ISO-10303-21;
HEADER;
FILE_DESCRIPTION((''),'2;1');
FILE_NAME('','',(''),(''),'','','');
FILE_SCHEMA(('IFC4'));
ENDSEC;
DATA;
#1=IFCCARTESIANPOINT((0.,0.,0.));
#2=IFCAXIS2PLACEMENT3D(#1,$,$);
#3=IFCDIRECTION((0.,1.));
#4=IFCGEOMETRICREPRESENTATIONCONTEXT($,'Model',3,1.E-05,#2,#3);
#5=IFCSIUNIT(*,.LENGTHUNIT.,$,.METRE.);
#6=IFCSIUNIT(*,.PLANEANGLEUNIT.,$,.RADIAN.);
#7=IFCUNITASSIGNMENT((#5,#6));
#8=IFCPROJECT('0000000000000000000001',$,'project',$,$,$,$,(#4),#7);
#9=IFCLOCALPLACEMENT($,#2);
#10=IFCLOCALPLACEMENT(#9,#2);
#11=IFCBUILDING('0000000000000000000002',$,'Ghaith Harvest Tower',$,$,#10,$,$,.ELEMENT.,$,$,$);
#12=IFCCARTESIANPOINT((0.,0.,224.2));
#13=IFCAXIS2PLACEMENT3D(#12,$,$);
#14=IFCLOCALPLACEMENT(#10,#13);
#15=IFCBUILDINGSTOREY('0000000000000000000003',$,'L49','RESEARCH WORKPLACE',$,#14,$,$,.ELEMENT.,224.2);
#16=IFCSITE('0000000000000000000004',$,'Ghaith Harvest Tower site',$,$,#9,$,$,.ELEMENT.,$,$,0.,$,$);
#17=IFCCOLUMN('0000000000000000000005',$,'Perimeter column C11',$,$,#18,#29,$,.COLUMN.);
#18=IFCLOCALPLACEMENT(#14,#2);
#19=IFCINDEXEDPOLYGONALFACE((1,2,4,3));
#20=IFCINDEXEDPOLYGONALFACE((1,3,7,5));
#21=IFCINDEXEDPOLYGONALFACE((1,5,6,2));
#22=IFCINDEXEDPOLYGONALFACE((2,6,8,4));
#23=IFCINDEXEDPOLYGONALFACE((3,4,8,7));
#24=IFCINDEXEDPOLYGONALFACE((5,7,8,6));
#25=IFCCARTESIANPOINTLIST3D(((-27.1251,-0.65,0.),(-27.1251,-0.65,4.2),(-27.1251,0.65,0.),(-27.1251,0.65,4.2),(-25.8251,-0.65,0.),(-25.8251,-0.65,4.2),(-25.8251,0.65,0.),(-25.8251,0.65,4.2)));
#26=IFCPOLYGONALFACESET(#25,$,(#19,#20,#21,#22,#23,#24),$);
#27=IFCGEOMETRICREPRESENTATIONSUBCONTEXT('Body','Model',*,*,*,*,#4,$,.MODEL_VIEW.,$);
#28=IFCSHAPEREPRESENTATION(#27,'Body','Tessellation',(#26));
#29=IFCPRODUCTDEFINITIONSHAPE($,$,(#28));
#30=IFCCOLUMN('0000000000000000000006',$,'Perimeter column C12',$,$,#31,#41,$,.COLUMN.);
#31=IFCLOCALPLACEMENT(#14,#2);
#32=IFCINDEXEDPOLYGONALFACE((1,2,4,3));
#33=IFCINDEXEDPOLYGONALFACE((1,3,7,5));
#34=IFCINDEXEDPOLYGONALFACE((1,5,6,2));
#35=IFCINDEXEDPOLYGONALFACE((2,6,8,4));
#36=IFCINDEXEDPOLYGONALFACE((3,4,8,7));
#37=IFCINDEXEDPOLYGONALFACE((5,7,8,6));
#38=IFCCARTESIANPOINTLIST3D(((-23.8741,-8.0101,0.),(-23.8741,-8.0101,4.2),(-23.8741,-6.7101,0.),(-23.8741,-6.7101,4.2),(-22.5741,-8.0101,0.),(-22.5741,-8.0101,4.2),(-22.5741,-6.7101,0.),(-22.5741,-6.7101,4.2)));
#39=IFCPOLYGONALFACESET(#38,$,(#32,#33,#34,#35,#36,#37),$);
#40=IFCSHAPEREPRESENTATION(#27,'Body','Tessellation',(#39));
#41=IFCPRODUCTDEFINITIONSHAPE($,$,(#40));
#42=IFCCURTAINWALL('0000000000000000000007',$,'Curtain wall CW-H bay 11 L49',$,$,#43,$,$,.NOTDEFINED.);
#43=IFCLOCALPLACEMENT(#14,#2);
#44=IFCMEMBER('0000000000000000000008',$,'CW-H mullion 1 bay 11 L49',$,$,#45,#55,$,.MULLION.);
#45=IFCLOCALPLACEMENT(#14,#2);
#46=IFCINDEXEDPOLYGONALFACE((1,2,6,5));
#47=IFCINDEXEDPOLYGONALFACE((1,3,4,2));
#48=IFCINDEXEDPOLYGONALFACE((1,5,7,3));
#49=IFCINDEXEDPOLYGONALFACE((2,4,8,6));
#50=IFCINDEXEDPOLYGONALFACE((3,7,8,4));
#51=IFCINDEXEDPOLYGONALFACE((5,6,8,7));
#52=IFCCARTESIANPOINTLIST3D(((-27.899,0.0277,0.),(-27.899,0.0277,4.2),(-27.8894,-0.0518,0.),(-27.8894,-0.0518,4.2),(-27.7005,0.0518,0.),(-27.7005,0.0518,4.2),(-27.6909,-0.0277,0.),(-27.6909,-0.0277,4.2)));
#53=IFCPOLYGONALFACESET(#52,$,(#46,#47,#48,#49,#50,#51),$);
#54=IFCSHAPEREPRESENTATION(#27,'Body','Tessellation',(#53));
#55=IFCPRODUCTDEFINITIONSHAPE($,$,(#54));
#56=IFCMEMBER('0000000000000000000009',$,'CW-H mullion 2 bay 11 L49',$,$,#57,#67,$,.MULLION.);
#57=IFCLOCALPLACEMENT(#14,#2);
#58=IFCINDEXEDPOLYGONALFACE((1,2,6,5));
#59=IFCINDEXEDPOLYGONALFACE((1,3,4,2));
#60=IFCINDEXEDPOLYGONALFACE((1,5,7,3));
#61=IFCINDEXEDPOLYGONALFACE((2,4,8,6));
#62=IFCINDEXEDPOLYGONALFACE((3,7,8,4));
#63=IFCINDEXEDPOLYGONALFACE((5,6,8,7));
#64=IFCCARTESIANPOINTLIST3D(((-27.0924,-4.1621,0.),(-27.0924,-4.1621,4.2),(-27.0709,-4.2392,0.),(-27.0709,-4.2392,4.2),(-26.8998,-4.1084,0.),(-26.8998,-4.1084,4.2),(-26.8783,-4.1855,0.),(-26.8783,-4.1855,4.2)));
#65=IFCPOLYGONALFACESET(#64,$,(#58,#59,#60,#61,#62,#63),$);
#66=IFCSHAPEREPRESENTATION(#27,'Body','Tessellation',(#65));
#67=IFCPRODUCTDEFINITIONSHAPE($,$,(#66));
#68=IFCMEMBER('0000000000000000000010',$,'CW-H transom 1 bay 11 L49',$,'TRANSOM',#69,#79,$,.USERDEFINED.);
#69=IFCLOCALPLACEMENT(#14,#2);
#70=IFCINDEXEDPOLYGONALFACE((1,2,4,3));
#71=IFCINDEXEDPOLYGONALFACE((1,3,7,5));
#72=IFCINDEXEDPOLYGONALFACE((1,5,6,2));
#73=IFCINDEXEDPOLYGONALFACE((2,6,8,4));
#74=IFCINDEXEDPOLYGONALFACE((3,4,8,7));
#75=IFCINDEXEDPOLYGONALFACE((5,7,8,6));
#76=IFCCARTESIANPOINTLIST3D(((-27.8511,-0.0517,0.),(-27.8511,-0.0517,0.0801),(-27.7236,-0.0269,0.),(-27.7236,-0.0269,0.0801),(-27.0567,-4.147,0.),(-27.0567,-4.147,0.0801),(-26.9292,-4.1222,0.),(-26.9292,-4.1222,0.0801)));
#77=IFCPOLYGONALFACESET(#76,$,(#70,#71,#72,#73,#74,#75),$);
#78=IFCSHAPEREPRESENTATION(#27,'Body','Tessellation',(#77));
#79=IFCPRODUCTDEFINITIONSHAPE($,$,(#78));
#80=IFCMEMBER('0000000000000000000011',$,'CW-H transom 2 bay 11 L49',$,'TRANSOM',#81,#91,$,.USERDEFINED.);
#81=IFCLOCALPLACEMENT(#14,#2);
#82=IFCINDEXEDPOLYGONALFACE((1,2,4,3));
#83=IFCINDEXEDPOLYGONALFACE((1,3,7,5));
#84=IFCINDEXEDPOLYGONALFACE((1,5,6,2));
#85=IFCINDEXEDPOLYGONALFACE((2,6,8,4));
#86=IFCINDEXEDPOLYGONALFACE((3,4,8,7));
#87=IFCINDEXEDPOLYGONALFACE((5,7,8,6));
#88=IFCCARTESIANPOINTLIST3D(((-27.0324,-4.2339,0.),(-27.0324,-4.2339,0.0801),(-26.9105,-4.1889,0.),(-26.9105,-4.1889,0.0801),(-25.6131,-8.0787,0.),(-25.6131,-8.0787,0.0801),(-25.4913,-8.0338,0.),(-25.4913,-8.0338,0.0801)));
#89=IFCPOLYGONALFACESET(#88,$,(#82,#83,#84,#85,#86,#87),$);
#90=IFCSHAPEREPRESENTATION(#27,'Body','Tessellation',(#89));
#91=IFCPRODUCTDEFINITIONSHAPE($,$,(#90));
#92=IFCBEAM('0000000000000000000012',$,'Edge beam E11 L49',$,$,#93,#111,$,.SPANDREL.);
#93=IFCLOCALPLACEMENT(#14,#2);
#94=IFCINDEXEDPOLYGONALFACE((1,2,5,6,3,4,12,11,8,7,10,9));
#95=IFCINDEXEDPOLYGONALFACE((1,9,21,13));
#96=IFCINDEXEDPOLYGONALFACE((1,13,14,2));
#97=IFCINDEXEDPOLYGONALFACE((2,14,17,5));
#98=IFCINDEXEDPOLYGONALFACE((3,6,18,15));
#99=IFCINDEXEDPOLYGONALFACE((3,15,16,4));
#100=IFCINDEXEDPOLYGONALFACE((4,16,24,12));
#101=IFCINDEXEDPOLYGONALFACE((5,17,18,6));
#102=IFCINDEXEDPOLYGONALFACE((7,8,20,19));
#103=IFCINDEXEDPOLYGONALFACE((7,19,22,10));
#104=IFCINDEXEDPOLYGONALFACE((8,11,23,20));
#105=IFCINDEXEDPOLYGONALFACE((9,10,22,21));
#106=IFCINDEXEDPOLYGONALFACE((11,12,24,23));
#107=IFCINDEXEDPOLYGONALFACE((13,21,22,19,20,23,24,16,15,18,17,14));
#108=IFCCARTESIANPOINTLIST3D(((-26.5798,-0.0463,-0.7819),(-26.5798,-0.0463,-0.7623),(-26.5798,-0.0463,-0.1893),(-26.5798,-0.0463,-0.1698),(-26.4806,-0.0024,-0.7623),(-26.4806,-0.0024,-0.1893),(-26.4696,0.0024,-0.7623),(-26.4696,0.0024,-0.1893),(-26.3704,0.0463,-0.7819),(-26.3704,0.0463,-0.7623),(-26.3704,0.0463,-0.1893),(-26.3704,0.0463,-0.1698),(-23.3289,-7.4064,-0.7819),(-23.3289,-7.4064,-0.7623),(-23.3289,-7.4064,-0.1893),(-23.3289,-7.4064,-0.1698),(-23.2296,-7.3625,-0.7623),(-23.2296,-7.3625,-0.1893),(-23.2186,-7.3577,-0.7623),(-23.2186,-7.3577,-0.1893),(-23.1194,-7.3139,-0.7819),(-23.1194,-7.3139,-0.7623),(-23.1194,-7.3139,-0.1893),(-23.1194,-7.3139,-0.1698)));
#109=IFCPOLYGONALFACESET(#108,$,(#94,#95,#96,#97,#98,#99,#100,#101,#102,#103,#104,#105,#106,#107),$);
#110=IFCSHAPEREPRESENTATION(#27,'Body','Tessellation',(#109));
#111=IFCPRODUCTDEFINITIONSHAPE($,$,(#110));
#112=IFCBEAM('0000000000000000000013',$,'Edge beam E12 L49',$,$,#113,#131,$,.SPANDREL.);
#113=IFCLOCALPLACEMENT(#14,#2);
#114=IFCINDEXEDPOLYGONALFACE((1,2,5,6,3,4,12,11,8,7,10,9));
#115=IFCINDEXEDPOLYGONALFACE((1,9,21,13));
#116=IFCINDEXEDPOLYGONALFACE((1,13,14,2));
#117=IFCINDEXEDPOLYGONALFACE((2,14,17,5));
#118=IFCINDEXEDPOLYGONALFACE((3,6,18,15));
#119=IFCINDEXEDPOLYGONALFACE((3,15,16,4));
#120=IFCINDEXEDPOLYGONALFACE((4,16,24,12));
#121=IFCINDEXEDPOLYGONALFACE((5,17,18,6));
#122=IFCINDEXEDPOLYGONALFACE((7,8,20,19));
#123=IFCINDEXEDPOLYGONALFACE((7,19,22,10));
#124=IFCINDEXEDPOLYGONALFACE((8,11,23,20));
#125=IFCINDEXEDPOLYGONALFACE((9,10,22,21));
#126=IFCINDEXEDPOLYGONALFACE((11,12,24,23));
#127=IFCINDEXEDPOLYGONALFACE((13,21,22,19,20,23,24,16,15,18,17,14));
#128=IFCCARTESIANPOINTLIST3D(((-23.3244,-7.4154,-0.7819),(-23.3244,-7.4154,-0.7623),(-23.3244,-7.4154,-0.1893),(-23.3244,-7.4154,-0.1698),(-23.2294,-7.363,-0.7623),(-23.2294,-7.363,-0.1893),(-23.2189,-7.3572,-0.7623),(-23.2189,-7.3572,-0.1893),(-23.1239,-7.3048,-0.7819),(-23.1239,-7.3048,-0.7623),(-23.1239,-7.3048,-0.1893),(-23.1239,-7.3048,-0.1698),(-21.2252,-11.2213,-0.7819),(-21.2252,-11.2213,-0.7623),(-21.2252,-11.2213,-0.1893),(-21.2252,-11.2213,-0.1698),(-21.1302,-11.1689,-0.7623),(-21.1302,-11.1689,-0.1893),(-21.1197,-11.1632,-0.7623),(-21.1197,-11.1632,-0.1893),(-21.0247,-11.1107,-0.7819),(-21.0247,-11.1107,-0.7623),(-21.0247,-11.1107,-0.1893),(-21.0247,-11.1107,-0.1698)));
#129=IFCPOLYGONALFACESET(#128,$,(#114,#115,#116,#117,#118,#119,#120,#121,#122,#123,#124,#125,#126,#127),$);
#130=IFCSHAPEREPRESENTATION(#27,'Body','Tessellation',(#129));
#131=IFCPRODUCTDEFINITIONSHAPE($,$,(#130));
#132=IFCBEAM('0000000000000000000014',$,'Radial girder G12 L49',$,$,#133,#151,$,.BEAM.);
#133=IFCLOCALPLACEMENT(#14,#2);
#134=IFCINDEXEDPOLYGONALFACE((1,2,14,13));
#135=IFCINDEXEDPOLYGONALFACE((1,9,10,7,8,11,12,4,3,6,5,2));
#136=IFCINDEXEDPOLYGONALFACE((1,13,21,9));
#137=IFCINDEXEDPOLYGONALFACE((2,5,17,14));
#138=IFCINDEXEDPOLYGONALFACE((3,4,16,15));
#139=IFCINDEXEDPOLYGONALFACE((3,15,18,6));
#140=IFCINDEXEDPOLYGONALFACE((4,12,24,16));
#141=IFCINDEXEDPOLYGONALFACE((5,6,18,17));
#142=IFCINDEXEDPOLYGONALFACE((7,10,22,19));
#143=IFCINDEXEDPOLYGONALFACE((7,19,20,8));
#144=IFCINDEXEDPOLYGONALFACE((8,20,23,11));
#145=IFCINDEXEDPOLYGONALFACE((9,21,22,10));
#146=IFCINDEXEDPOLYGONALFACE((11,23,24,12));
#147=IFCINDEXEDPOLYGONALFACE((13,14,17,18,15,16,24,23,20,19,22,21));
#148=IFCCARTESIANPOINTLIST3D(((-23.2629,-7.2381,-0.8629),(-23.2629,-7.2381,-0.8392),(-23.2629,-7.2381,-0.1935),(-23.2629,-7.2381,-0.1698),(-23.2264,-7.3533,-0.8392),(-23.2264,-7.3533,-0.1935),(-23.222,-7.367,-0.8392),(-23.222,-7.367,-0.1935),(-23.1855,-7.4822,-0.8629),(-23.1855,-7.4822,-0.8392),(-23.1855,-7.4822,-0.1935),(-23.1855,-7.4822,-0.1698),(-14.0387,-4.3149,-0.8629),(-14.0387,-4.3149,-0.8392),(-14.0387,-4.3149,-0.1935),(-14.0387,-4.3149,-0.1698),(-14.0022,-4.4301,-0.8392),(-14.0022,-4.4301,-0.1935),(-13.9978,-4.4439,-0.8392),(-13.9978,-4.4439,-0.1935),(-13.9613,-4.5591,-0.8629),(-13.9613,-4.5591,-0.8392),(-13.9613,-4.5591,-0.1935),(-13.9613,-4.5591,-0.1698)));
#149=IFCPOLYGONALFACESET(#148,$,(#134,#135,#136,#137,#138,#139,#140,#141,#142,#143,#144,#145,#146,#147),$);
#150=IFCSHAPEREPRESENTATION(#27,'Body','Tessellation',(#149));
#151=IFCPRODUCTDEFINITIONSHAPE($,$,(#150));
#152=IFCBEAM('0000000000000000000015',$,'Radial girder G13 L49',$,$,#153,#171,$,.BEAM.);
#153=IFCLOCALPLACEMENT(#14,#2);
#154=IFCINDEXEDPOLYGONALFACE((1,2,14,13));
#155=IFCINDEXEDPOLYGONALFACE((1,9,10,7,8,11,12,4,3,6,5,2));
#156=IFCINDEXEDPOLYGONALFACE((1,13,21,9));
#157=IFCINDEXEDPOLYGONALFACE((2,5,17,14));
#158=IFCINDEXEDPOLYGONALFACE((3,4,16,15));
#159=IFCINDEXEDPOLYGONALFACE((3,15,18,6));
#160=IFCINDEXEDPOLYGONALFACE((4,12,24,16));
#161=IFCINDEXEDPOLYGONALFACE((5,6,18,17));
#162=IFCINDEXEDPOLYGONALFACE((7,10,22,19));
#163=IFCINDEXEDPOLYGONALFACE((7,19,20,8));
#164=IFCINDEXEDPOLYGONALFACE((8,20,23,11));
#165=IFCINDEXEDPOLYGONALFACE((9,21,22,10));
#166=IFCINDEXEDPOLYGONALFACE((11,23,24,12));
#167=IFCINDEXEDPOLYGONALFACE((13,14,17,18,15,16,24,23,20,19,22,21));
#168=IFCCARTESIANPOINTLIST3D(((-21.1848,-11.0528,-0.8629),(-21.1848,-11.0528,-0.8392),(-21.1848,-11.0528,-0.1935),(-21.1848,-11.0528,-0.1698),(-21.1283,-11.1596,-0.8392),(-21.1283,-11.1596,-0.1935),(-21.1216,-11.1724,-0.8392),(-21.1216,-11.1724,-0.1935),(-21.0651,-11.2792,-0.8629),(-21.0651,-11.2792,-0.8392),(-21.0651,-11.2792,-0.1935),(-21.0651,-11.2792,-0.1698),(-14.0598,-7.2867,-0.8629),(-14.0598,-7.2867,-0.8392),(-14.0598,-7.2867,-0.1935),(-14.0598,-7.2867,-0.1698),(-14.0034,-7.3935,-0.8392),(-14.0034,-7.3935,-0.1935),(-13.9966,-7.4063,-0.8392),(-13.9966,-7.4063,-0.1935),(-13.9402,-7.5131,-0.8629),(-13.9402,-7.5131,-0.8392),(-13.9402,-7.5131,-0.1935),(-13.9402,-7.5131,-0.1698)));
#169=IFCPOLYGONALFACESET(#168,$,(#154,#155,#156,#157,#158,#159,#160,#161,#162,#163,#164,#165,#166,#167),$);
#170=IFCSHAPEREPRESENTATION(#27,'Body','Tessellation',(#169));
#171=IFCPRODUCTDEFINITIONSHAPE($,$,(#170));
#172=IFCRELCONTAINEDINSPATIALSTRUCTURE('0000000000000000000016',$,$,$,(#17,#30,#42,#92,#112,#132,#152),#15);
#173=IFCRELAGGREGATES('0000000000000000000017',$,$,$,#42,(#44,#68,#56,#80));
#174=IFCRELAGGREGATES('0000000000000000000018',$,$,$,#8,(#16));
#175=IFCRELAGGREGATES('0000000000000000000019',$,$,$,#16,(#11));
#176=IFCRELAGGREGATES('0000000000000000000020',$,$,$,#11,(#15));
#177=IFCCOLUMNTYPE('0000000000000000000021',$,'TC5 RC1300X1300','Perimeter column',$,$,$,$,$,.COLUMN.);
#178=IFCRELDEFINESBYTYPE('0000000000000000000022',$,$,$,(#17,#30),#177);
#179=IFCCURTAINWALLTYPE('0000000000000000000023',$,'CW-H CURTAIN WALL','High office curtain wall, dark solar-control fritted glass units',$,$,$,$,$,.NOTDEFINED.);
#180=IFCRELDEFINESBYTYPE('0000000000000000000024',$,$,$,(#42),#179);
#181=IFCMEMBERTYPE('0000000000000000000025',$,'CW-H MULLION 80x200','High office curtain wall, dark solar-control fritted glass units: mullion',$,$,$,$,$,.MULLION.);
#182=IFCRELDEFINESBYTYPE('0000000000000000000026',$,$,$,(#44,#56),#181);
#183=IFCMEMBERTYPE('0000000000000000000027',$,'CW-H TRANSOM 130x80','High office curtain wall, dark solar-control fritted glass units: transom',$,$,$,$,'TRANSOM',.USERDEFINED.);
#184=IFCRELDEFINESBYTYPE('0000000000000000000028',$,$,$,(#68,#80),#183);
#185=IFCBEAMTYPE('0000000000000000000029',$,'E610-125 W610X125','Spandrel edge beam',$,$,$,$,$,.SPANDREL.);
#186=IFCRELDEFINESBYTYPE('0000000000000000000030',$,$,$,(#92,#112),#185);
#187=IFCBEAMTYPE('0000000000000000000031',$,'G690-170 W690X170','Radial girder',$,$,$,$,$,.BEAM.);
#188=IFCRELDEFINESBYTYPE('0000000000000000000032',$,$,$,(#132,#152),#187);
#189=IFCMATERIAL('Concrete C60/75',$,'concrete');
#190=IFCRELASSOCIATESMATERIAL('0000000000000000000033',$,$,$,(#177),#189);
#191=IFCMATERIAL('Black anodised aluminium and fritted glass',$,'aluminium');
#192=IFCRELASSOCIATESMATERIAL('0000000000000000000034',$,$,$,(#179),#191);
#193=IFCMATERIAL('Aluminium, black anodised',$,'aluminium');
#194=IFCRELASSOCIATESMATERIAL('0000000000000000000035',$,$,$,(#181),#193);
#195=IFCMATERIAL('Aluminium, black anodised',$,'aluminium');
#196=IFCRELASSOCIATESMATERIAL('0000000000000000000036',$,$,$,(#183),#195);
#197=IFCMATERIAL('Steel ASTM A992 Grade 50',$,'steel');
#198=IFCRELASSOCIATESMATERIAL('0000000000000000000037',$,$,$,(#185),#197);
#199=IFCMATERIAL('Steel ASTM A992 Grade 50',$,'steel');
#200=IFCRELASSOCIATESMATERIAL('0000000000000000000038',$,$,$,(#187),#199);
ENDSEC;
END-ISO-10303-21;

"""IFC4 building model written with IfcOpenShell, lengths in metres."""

from ifc_helpers import new_model, si_unit, direction, frame, origin, origin_2d, place, context, subcontext, project, spatial, rectangle, i_section, extrude, material, material_profile, profile_set, type_object, element, aggregate, save


model = new_model("IFC4")

# Units and contexts
model_context = context("Model", 3, precision=1e-05, world=origin(), true_north=direction((0.0, 1.0)))
body_context = subcontext(model_context, "Body", "Model", "MODEL_VIEW")
ifc_project = project(units=[si_unit("LENGTHUNIT", "METRE"), si_unit("PLANEANGLEUNIT", "RADIAN")], contexts=[model_context])

# Site, building, storey
site_placement = place(None, origin())
site = spatial("IfcSite", under=ifc_project, at=site_placement, Name="Ghaith Harvest Tower site", CompositionType="ELEMENT", RefElevation=0.0)
building_placement = place(site_placement, origin())
building = spatial("IfcBuilding", under=site, at=building_placement, Name="Ghaith Harvest Tower", CompositionType="ELEMENT")
storey_placement = place(building_placement, frame((0.0, 0.0, 224.2)))
storey = spatial("IfcBuildingStorey", under=building, at=storey_placement, Name="L49", Description="RESEARCH WORKPLACE", CompositionType="ELEMENT", Elevation=224.2)

# Columns
ifc_material_1 = material(Name="Concrete C60/75", Category="concrete")
ifc_material_profile_1 = material_profile(ifc_material_1, rectangle(XDim=1.3, YDim=1.3, at=origin_2d()), Name="RC1300X1300")
ifc_profile_set_1 = profile_set([ifc_material_profile_1], Name="Concrete C60/75")
column_type = type_object("IfcColumnType", Name="TC5 RC1300X1300", Description="Perimeter column", PredefinedType="COLUMN", material=ifc_profile_set_1)
for number, where, z_axis, x_axis, name in (
    (1, (-26.4751, 0.0, 0.0), (0.0, 0.0, 1.0), (1.0, 0.0, 0.0), "Perimeter column C11"),
    (2, (-23.2241, -7.3601, 0.0), (0.0, 0.0, 1.0), (1.0, 0.0, 0.0), "Perimeter column C12"),
):
    element("IfcColumn", number, at=place(storey_placement, frame(where, z_axis=z_axis, x_axis=x_axis)), inside=storey, type_object=column_type, Name=name, PredefinedType="COLUMN", context=body_context, shape_type="SweptSolid", body=[
        extrude(rectangle(XDim=1.3, YDim=1.3, at=origin_2d()), origin(), (0.0, 0.0, 1.0), 4.2),
    ])

# Curtain wall, members
ifc_material_2 = material(Name="Black anodised aluminium and fritted glass", Category="aluminium")
curtain_wall_type = type_object("IfcCurtainWallType", Name="CW-H CURTAIN WALL", Description="High office curtain wall, dark solar-control fritted glass units", PredefinedType="NOTDEFINED", material=ifc_material_2)
curtain_wall_placement = place(storey_placement, origin())
curtain_wall = element("IfcCurtainWall", 3, at=curtain_wall_placement, inside=storey, type_object=curtain_wall_type, Name="Curtain wall CW-H bay 11 L49", PredefinedType="NOTDEFINED")
ifc_material_3 = material(Name="Aluminium, black anodised", Category="aluminium")
ifc_material_profile_2 = material_profile(ifc_material_3, rectangle(XDim=0.0801, YDim=0.2, at=origin_2d()), Name="CW-H MULLION 80x200")
ifc_profile_set_2 = profile_set([ifc_material_profile_2], Name="Aluminium, black anodised")
member_type_1 = type_object("IfcMemberType", Name="CW-H MULLION 80x200", Description="High office curtain wall, dark solar-control fritted glass units: mullion", PredefinedType="MULLION", material=ifc_profile_set_2)
member_1_placement = place(storey_placement, frame((-27.7949, 0.0, 0.0), z_axis=(0.0, 0.0, 1.0), x_axis=(0.12025, -0.992744, 0.0)))
member_1 = element("IfcMember", 4, at=member_1_placement, type_object=member_type_1, Name="CW-H mullion 1 bay 11 L49", PredefinedType="MULLION", context=body_context, shape_type="SweptSolid", body=[
    extrude(rectangle(XDim=0.0801, YDim=0.2, at=origin_2d()), origin(), (0.0, 0.0, 1.0), 4.2),
])
member_2_placement = place(storey_placement, frame((-26.9854, -4.1738, 0.0), z_axis=(0.0, 0.0, 1.0), x_axis=(0.268569, -0.96326, 0.0)))
member_2 = element("IfcMember", 5, at=member_2_placement, type_object=member_type_1, Name="CW-H mullion 2 bay 11 L49", PredefinedType="MULLION", context=body_context, shape_type="SweptSolid", body=[
    extrude(rectangle(XDim=0.0801, YDim=0.2, at=origin_2d()), origin(), (0.0, 0.0, 1.0), 4.2),
])
ifc_material_4 = material(Name="Aluminium, black anodised", Category="aluminium")
ifc_material_profile_3 = material_profile(ifc_material_4, rectangle(XDim=0.1299, YDim=0.0801, at=origin_2d()), Name="CW-H TRANSOM 130x80")
ifc_profile_set_3 = profile_set([ifc_material_profile_3], Name="Aluminium, black anodised")
member_type_2 = type_object("IfcMemberType", Name="CW-H TRANSOM 130x80", Description="High office curtain wall, dark solar-control fritted glass units: transom", ElementType="TRANSOM", PredefinedType="USERDEFINED", material=ifc_profile_set_3)
member_3_placement = place(storey_placement, frame((-27.7874, -0.0393, 0.04), z_axis=(0.19044, -0.981699, 0.0), x_axis=(0.981699, 0.19044, 0.0)))
member_3 = element("IfcMember", 6, at=member_3_placement, type_object=member_type_2, Name="CW-H transom 1 bay 11 L49", ObjectType="TRANSOM", PredefinedType="USERDEFINED", context=body_context, shape_type="SweptSolid", body=[
    extrude(rectangle(XDim=0.1299, YDim=0.0801, at=origin_2d()), origin(), (0.0, 0.0, 1.0), 4.1716),
])
member_4_placement = place(storey_placement, frame((-26.9714, -4.2114, 0.04), z_axis=(0.346288, -0.938128, 0.0), x_axis=(0.938128, 0.346288, 0.0)))
member_4 = element("IfcMember", 7, at=member_4_placement, type_object=member_type_2, Name="CW-H transom 2 bay 11 L49", ObjectType="TRANSOM", PredefinedType="USERDEFINED", context=body_context, shape_type="SweptSolid", body=[
    extrude(rectangle(XDim=0.1299, YDim=0.0801, at=origin_2d()), origin(), (0.0, 0.0, 1.0), 4.0984),
])

# Beams
ifc_material_5 = material(Name="Steel ASTM A992 Grade 50", Category="steel")
ifc_material_profile_4 = material_profile(ifc_material_5, i_section(OverallWidth=0.229, OverallDepth=0.6121, WebThickness=0.012, FlangeThickness=0.0195, at=origin_2d()), Name="W610X125")
ifc_profile_set_4 = profile_set([ifc_material_profile_4], Name="Steel ASTM A992 Grade 50")
beam_type_1 = type_object("IfcBeamType", Name="E610-125 W610X125", Description="Spandrel edge beam", PredefinedType="SPANDREL", material=ifc_profile_set_4)
beam_1_placement = place(storey_placement, frame((-26.4751, 0.0, -0.4758), z_axis=(0.404043, -0.91474, 0.0), x_axis=(0.91474, 0.404043, 0.0)))
element("IfcBeam", 8, at=beam_1_placement, inside=storey, type_object=beam_type_1, Name="Edge beam E11 L49", PredefinedType="SPANDREL", context=body_context, shape_type="SweptSolid", body=[
    extrude(i_section(OverallWidth=0.229, OverallDepth=0.6121, WebThickness=0.012, FlangeThickness=0.0195, at=origin_2d()), origin(), (0.0, 0.0, 1.0), 8.0461),
])
beam_2_placement = place(storey_placement, frame((-23.2241, -7.3601, -0.4758), z_axis=(0.482956, -0.875645, 0.0), x_axis=(0.875645, 0.482956, 0.0)))
element("IfcBeam", 9, at=beam_2_placement, inside=storey, type_object=beam_type_1, Name="Edge beam E12 L49", PredefinedType="SPANDREL", context=body_context, shape_type="SweptSolid", body=[
    extrude(i_section(OverallWidth=0.229, OverallDepth=0.6121, WebThickness=0.012, FlangeThickness=0.0195, at=origin_2d()), origin(), (0.0, 0.0, 1.0), 4.3464),
])
ifc_material_6 = material(Name="Steel ASTM A992 Grade 50", Category="steel")
ifc_material_profile_5 = material_profile(ifc_material_6, i_section(OverallWidth=0.2561, OverallDepth=0.6931, WebThickness=0.0144, FlangeThickness=0.0237, at=origin_2d()), Name="W690X170")
ifc_profile_set_5 = profile_set([ifc_material_profile_5], Name="Steel ASTM A992 Grade 50")
beam_type_2 = type_object("IfcBeamType", Name="G690-170 W690X170", Description="Radial girder", PredefinedType="BEAM", material=ifc_profile_set_5)
beam_3_placement = place(storey_placement, frame((-14.0, -4.437, -0.5164), z_axis=(-0.953279, -0.302091, 0.0), x_axis=(0.302091, -0.953279, 0.0)))
element("IfcBeam", 10, at=beam_3_placement, inside=storey, type_object=beam_type_2, Name="Radial girder G12 L49", PredefinedType="BEAM", context=body_context, shape_type="SweptSolid", body=[
    extrude(i_section(OverallWidth=0.2561, OverallDepth=0.6931, WebThickness=0.0144, FlangeThickness=0.0237, at=origin_2d()), origin(), (0.0, 0.0, 1.0), 9.6763),
])
beam_4_placement = place(storey_placement, frame((-14.0, -7.3999, -0.5164), z_axis=(-0.884093, -0.467311, 0.0), x_axis=(0.467311, -0.884093, 0.0)))
element("IfcBeam", 11, at=beam_4_placement, inside=storey, type_object=beam_type_2, Name="Radial girder G13 L49", PredefinedType="BEAM", context=body_context, shape_type="SweptSolid", body=[
    extrude(i_section(OverallWidth=0.2561, OverallDepth=0.6931, WebThickness=0.0144, FlangeThickness=0.0237, at=origin_2d()), origin(), (0.0, 0.0, 1.0), 8.0591),
])

aggregate(curtain_wall, [member_1, member_3, member_2, member_4])

save(model, "model.ifc")
